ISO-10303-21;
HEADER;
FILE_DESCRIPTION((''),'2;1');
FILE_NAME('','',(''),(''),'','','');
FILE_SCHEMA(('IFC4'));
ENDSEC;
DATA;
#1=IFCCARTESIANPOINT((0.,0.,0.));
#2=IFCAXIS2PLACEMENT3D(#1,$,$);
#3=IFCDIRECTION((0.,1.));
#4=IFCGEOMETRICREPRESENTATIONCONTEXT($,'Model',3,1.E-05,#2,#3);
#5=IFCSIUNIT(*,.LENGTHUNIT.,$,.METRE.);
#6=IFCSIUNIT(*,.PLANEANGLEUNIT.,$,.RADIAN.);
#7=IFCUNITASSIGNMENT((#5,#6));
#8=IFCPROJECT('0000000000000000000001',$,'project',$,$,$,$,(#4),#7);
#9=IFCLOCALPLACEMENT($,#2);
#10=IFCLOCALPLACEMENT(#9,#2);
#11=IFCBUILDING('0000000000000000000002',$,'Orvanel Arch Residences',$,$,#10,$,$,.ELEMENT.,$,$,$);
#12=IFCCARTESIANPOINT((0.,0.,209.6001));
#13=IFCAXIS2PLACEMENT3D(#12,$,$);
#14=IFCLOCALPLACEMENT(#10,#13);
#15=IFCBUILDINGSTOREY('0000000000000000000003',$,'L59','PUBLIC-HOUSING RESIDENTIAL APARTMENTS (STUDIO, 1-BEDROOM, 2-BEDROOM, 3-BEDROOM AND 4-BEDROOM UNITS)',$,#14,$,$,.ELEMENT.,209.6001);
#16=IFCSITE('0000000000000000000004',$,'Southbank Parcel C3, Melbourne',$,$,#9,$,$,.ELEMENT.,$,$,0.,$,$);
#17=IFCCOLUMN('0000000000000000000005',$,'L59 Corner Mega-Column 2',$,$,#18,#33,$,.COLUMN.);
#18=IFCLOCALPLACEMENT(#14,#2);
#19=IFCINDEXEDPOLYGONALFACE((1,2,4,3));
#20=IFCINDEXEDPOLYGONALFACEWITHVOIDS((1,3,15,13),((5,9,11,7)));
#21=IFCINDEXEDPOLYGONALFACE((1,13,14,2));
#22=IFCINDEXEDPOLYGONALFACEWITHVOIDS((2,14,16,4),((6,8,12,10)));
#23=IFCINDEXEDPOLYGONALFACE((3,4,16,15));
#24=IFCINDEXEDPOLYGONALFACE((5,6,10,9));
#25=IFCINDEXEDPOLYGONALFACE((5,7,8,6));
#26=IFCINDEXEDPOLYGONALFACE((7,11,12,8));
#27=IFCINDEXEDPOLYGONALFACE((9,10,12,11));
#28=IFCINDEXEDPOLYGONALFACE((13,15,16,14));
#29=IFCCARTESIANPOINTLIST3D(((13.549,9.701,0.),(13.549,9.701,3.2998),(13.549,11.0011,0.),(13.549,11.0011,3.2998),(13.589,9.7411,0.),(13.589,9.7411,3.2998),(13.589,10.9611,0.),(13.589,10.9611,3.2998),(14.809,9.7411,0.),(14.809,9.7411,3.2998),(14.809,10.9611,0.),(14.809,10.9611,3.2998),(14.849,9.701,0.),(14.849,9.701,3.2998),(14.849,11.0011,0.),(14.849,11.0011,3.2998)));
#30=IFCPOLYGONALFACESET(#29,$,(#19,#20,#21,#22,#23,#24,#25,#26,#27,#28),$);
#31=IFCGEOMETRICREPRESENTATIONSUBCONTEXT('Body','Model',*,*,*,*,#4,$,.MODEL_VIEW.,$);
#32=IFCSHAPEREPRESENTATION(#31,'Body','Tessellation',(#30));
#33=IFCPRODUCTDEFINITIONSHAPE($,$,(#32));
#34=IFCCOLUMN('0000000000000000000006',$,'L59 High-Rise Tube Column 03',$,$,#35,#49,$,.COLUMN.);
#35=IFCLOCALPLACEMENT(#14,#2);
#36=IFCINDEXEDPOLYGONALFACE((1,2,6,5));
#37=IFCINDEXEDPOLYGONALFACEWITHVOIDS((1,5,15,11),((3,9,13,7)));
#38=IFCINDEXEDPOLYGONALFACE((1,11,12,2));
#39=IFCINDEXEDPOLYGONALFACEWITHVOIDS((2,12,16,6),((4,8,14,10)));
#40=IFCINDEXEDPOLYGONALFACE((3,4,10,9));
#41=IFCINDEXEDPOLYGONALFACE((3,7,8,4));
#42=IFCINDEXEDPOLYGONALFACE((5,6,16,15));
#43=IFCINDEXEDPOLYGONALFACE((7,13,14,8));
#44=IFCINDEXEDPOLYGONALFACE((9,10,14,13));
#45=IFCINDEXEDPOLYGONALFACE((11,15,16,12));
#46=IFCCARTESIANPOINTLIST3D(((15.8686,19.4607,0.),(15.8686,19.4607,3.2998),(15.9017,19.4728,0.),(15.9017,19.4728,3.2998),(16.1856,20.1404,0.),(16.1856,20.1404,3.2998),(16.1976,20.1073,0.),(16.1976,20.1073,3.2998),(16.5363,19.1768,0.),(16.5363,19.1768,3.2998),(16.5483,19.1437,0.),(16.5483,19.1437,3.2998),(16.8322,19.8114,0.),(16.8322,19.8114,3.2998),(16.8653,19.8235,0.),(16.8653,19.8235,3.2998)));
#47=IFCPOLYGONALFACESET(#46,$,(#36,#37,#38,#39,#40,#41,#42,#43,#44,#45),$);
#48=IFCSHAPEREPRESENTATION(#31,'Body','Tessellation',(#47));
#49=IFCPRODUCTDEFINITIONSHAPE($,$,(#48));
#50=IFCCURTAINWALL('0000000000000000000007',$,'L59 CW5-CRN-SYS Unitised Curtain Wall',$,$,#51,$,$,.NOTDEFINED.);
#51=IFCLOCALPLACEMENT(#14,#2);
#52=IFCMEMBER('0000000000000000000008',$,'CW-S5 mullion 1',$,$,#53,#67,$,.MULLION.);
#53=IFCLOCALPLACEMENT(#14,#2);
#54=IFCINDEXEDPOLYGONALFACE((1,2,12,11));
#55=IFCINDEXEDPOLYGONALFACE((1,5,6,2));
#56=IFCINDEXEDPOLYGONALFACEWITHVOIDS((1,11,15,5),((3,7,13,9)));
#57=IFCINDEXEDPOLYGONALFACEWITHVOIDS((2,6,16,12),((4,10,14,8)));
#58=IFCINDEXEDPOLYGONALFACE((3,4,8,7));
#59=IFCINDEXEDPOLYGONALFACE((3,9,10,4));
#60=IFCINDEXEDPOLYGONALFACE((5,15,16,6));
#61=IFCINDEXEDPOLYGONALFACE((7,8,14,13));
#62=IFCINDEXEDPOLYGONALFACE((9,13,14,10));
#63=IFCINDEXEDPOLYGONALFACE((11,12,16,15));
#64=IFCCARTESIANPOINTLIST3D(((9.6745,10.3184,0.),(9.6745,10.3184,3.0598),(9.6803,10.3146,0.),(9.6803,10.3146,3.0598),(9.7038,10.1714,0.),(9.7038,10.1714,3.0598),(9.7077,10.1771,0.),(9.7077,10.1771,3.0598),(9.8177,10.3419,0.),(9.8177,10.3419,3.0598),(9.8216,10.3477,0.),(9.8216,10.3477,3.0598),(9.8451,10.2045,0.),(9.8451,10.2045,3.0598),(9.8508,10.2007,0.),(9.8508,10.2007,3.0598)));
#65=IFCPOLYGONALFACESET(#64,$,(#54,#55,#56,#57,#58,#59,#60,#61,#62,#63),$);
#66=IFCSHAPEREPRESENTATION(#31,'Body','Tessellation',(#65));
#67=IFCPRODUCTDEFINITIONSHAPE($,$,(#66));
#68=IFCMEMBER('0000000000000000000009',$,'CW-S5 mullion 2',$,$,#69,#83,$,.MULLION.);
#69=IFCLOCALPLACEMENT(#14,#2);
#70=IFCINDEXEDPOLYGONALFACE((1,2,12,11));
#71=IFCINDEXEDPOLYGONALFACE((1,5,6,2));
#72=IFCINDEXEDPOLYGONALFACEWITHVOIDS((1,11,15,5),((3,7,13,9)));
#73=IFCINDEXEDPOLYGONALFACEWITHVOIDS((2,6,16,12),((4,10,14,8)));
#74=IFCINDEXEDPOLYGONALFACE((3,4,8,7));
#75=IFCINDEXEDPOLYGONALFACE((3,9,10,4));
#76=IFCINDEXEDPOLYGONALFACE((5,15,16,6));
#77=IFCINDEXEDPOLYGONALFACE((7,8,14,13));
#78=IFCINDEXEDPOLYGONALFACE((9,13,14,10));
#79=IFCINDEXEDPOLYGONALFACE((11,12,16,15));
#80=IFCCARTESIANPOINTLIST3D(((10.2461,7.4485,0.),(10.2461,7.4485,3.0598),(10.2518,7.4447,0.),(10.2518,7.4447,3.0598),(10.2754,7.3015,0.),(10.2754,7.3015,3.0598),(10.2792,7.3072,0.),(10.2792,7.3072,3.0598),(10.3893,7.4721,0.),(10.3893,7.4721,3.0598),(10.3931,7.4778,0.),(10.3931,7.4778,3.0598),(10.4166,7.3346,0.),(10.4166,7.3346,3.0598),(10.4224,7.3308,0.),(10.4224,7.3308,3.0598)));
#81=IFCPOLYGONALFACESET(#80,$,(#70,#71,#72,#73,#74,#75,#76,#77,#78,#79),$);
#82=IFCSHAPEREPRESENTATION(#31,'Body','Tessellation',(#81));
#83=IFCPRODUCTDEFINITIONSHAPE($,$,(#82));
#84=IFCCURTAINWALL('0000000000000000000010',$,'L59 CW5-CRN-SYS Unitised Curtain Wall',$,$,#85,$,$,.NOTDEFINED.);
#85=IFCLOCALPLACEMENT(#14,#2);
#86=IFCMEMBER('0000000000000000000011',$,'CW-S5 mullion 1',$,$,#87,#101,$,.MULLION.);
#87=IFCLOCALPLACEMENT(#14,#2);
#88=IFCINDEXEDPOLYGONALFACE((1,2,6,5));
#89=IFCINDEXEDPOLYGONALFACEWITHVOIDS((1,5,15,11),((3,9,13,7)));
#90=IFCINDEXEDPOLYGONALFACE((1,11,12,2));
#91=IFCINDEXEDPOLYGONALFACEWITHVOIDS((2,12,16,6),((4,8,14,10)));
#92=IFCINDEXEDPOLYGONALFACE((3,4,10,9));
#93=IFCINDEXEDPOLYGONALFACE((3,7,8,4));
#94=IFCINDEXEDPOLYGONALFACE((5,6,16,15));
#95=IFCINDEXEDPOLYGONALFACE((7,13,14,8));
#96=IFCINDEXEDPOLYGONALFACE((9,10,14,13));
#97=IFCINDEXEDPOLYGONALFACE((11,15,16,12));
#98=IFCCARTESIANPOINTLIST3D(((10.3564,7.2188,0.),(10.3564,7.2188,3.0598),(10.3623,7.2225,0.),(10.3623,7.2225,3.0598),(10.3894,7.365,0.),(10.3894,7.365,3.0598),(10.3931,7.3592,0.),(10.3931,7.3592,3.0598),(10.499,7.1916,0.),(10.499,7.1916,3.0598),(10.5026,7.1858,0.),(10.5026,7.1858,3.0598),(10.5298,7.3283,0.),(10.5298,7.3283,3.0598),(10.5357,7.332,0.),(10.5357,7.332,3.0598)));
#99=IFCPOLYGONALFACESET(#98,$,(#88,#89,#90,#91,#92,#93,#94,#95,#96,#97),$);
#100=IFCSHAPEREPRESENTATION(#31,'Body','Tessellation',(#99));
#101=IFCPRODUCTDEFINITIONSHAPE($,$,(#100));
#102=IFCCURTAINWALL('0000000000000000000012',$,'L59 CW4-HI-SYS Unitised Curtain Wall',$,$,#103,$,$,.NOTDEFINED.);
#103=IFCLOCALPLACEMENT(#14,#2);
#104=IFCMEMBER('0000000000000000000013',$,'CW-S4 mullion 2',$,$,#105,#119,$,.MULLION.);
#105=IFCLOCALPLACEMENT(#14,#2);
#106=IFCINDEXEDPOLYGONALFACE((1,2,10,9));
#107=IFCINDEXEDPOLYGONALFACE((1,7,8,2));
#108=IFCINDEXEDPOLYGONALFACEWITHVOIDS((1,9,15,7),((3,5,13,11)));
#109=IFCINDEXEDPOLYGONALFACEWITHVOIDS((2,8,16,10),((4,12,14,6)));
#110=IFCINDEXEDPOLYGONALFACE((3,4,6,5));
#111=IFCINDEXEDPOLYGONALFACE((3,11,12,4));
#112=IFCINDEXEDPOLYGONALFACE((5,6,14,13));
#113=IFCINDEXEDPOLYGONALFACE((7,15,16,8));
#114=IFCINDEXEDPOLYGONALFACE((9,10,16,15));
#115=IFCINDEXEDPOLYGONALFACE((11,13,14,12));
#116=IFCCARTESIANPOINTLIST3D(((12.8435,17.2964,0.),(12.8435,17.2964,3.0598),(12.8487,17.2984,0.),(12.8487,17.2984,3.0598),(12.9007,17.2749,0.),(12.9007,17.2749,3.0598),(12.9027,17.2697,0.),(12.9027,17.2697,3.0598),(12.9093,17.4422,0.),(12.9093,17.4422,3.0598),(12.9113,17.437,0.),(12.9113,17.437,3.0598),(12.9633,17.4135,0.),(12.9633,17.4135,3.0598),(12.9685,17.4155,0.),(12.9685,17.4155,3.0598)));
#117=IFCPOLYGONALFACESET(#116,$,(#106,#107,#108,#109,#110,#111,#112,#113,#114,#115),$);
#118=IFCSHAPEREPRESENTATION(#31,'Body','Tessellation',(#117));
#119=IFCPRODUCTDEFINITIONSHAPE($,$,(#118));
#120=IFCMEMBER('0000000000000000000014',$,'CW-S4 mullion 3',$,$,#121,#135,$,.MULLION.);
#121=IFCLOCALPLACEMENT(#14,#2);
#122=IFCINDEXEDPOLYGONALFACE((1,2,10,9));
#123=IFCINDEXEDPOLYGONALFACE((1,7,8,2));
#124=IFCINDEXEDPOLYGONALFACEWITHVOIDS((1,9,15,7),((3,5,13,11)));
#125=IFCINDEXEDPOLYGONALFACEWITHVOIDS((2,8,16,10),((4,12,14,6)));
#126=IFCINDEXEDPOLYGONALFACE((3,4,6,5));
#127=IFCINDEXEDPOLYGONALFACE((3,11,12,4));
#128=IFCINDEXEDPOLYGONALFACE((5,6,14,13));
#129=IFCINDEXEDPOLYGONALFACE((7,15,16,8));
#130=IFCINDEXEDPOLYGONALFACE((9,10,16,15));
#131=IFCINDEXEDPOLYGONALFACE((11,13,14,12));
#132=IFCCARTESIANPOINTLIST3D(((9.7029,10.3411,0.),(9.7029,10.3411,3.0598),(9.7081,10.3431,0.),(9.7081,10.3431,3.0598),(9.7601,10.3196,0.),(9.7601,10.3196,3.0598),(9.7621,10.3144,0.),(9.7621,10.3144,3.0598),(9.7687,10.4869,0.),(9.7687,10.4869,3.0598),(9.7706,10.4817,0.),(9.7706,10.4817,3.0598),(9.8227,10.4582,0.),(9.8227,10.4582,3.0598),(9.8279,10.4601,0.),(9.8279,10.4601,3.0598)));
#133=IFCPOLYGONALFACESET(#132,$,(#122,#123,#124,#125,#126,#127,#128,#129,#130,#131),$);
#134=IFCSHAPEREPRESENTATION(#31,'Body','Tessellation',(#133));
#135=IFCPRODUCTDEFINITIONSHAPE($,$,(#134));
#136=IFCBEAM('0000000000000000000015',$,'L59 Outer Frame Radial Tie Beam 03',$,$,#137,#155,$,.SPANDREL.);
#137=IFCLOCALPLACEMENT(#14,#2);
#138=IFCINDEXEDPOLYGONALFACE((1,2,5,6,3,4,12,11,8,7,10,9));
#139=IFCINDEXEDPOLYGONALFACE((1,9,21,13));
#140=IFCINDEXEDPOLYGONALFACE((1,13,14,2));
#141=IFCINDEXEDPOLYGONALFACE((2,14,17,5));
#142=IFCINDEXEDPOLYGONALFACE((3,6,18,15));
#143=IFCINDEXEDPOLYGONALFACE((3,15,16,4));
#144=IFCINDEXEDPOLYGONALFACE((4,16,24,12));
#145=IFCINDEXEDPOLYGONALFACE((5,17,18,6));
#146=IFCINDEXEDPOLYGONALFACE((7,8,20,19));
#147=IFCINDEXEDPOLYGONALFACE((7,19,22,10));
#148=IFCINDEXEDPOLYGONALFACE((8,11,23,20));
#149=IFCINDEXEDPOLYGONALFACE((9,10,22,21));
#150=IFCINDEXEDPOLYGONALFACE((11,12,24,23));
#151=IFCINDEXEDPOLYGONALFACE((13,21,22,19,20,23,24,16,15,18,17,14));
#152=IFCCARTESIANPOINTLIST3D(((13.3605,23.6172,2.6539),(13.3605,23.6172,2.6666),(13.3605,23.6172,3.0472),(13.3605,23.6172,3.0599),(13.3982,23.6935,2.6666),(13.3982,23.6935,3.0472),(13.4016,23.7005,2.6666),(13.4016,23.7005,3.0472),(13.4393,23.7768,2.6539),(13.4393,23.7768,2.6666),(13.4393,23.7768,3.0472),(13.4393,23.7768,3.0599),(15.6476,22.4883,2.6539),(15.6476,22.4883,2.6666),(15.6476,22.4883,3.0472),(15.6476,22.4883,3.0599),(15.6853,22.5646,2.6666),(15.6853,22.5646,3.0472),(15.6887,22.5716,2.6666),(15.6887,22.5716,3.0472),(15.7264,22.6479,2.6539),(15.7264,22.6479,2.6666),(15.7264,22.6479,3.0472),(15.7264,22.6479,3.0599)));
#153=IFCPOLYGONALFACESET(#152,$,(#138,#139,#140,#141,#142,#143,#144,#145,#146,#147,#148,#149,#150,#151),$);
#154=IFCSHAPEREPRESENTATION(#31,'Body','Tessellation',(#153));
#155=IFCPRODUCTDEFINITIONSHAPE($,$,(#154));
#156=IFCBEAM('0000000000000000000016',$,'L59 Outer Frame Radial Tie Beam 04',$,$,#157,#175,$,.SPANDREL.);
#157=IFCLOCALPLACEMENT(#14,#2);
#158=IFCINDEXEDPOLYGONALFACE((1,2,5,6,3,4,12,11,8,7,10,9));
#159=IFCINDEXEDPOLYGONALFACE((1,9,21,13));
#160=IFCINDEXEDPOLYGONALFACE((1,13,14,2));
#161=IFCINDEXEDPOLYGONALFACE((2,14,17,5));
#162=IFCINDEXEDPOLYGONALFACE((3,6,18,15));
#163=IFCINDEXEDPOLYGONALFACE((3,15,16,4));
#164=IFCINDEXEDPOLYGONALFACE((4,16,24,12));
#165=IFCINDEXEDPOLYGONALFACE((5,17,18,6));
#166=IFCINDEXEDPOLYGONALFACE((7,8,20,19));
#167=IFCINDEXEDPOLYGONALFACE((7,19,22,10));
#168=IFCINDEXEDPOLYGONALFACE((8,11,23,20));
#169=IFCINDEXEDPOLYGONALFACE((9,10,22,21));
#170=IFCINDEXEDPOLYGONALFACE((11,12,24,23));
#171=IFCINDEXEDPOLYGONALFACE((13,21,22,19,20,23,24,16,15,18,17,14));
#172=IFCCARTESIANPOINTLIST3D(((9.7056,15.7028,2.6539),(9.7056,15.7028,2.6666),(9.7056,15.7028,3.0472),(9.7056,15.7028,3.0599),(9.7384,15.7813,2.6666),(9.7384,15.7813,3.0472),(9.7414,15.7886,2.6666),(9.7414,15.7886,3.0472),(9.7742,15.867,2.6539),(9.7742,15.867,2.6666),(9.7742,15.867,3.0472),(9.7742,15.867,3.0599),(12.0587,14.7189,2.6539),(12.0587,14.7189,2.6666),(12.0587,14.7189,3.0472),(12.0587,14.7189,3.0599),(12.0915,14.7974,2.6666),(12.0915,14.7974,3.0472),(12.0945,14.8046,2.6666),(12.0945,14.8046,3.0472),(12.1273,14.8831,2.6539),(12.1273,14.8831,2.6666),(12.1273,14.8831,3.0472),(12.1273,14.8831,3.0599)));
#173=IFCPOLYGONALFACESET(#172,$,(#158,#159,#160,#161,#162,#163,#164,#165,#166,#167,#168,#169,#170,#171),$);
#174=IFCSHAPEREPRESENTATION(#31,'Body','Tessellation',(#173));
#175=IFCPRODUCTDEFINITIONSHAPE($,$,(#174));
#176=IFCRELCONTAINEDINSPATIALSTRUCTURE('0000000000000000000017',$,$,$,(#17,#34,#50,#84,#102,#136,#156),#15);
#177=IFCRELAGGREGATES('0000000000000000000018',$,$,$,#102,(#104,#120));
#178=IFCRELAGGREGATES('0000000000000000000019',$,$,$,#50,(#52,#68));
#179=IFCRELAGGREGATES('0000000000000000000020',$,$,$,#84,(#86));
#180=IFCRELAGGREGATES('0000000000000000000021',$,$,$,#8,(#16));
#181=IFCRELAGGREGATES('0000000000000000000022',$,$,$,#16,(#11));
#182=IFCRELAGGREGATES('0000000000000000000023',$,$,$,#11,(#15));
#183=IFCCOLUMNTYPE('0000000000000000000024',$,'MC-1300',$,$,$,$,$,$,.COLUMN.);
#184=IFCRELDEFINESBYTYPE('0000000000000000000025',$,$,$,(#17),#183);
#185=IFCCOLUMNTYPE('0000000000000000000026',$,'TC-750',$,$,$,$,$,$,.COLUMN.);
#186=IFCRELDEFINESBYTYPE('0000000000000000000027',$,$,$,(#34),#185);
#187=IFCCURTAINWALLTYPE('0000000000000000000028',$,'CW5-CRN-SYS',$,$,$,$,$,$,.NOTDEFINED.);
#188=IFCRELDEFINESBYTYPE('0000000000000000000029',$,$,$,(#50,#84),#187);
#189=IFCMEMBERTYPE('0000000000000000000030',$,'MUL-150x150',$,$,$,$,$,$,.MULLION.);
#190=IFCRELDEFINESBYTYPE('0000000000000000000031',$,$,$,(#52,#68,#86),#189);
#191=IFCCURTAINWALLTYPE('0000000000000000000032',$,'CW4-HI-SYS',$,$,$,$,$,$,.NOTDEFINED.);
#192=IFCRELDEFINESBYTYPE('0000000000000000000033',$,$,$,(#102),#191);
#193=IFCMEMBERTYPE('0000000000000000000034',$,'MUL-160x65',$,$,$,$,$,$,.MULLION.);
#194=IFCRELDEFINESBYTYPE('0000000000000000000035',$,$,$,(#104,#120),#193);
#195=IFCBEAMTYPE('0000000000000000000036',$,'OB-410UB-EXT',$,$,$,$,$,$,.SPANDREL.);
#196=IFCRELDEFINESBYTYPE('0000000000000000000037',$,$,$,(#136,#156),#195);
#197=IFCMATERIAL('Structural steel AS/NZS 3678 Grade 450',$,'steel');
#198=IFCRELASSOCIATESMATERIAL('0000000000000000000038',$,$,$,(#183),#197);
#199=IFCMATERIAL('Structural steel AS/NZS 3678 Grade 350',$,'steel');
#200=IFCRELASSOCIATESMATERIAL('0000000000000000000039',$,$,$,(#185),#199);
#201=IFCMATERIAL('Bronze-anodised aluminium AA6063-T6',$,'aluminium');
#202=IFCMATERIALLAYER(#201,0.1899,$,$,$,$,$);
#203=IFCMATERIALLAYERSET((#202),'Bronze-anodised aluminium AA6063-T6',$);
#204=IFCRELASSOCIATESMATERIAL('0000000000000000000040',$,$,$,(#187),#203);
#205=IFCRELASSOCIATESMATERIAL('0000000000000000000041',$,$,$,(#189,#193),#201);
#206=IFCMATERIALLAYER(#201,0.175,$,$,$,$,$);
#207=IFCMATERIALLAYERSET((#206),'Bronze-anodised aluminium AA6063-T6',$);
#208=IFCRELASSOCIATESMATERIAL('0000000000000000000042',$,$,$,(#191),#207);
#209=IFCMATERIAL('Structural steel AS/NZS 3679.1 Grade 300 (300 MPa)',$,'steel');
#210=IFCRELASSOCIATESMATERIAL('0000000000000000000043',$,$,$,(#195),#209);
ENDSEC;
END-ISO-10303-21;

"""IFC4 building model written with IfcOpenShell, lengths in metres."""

from ifc_helpers import new_model, si_unit, direction, frame, origin, origin_2d, place, context, subcontext, project, spatial, hollow_rectangle, i_section, extrude, material, layer, layer_set, material_profile, profile_set, type_object, element, aggregate, save


model = new_model("IFC4")

# Units and contexts
model_context = context("Model", 3, precision=1e-05, world=origin(), true_north=direction((0.0, 1.0)))
body_context = subcontext(model_context, "Body", "Model", "MODEL_VIEW")
ifc_project = project(units=[si_unit("LENGTHUNIT", "METRE"), si_unit("PLANEANGLEUNIT", "RADIAN")], contexts=[model_context])

# Site, building, storey
site_placement = place(None, origin())
site = spatial("IfcSite", under=ifc_project, at=site_placement, Name="Southbank Parcel C3, Melbourne", CompositionType="ELEMENT", RefElevation=0.0)
building_placement = place(site_placement, origin())
building = spatial("IfcBuilding", under=site, at=building_placement, Name="Orvanel Arch Residences", CompositionType="ELEMENT")
storey_placement = place(building_placement, frame((0.0, 0.0, 209.6001)))
storey = spatial("IfcBuildingStorey", under=building, at=storey_placement, Name="L59", Description="PUBLIC-HOUSING RESIDENTIAL APARTMENTS (STUDIO, 1-BEDROOM, 2-BEDROOM, 3-BEDROOM AND 4-BEDROOM UNITS)", CompositionType="ELEMENT", Elevation=209.6001)

# Columns
ifc_material_1 = material(Name="Structural steel AS/NZS 3678 Grade 450", Category="steel")
ifc_material_profile_1 = material_profile(ifc_material_1, hollow_rectangle(XDim=1.3, YDim=1.3, WallThickness=0.04, at=origin_2d()), Name="BOX1300x1300x40")
ifc_profile_set_1 = profile_set([ifc_material_profile_1], Name="Structural steel AS/NZS 3678 Grade 450")
column_type_1 = type_object("IfcColumnType", Name="MC-1300", PredefinedType="COLUMN", material=ifc_profile_set_1)
column_1_placement = place(storey_placement, frame((14.199, 10.3511, 0.0), z_axis=(0.0, 0.0, 1.0), x_axis=(1.0, 0.0, 0.0)))
element("IfcColumn", 1, at=column_1_placement, inside=storey, type_object=column_type_1, Name="L59 Corner Mega-Column 2", PredefinedType="COLUMN", context=body_context, shape_type="SweptSolid", body=[
    extrude(hollow_rectangle(XDim=1.3, YDim=1.3, WallThickness=0.04, at=origin_2d()), origin(), (0.0, 0.0, 1.0), 3.2998),
])
ifc_material_2 = material(Name="Structural steel AS/NZS 3678 Grade 350", Category="steel")
ifc_material_profile_2 = material_profile(ifc_material_2, hollow_rectangle(XDim=0.75, YDim=0.75, WallThickness=0.0249, at=origin_2d()), Name="BOX750x750x25")
ifc_profile_set_2 = profile_set([ifc_material_profile_2], Name="Structural steel AS/NZS 3678 Grade 350")
column_type_2 = type_object("IfcColumnType", Name="TC-750", PredefinedType="COLUMN", material=ifc_profile_set_2)
column_2_placement = place(storey_placement, frame((16.3669, 19.6421, 0.0), z_axis=(0.0, 0.0, 1.0), x_axis=(0.422618, 0.906308, 0.0)))
element("IfcColumn", 2, at=column_2_placement, inside=storey, type_object=column_type_2, Name="L59 High-Rise Tube Column 03", PredefinedType="COLUMN", context=body_context, shape_type="SweptSolid", body=[
    extrude(hollow_rectangle(XDim=0.75, YDim=0.75, WallThickness=0.0249, at=origin_2d()), origin(), (0.0, 0.0, 1.0), 3.2998),
])

# Curtain wall, members
ifc_material_3 = material(Name="Bronze-anodised aluminium AA6063-T6", Category="aluminium")
ifc_layer_1 = layer(ifc_material_3, 0.1899)
ifc_layer_set_1 = layer_set([ifc_layer_1], Name="Bronze-anodised aluminium AA6063-T6")
curtain_wall_type_1 = type_object("IfcCurtainWallType", Name="CW5-CRN-SYS", PredefinedType="NOTDEFINED", material=ifc_layer_set_1)
curtain_wall_1_placement = place(storey_placement, origin())
curtain_wall_1 = element("IfcCurtainWall", 3, at=curtain_wall_1_placement, inside=storey, type_object=curtain_wall_type_1, Name="L59 CW5-CRN-SYS Unitised Curtain Wall", PredefinedType="NOTDEFINED")
ifc_material_profile_3 = material_profile(ifc_material_3, hollow_rectangle(XDim=0.1499, YDim=0.1499, WallThickness=0.0049, at=origin_2d()), Name="ALU150x150x5")
ifc_profile_set_3 = profile_set([ifc_material_profile_3], Name="Bronze-anodised aluminium AA6063-T6")
member_type_1 = type_object("IfcMemberType", Name="MUL-150x150", PredefinedType="MULLION", material=ifc_profile_set_3)
member_1_placement = place(storey_placement, frame((9.7627, 10.2595, 0.0), z_axis=(0.0, 0.0, 1.0), x_axis=(0.98073, 0.195366, 0.0)))
member_1 = element("IfcMember", 4, at=member_1_placement, type_object=member_type_1, Name="CW-S5 mullion 1", PredefinedType="MULLION", context=body_context, shape_type="SweptSolid", body=[
    extrude(hollow_rectangle(XDim=0.1499, YDim=0.1499, WallThickness=0.0049, at=origin_2d()), origin(), (0.0, 0.0, 1.0), 3.0598),
])
member_2_placement = place(storey_placement, frame((10.3342, 7.3896, 0.0), z_axis=(0.0, 0.0, 1.0), x_axis=(0.98073, 0.195366, 0.0)))
member_2 = element("IfcMember", 5, at=member_2_placement, type_object=member_type_1, Name="CW-S5 mullion 2", PredefinedType="MULLION", context=body_context, shape_type="SweptSolid", body=[
    extrude(hollow_rectangle(XDim=0.1499, YDim=0.1499, WallThickness=0.0049, at=origin_2d()), origin(), (0.0, 0.0, 1.0), 3.0598),
])

# Curtain wall, member
curtain_wall_2_placement = place(storey_placement, origin())
curtain_wall_2 = element("IfcCurtainWall", 6, at=curtain_wall_2_placement, inside=storey, type_object=curtain_wall_type_1, Name="L59 CW5-CRN-SYS Unitised Curtain Wall", PredefinedType="NOTDEFINED")
member_3_placement = place(storey_placement, frame((10.446, 7.2754, 0.0), z_axis=(0.0, 0.0, 1.0), x_axis=(0.220283, 0.975436, 0.0)))
member_3 = element("IfcMember", 7, at=member_3_placement, type_object=member_type_1, Name="CW-S5 mullion 1", PredefinedType="MULLION", context=body_context, shape_type="SweptSolid", body=[
    extrude(hollow_rectangle(XDim=0.1499, YDim=0.1499, WallThickness=0.0049, at=origin_2d()), origin(), (0.0, 0.0, 1.0), 3.0598),
])

# Curtain wall, members
ifc_layer_2 = layer(ifc_material_3, 0.175)
ifc_layer_set_2 = layer_set([ifc_layer_2], Name="Bronze-anodised aluminium AA6063-T6")
curtain_wall_type_2 = type_object("IfcCurtainWallType", Name="CW4-HI-SYS", PredefinedType="NOTDEFINED", material=ifc_layer_set_2)
curtain_wall_3_placement = place(storey_placement, origin())
curtain_wall_3 = element("IfcCurtainWall", 8, at=curtain_wall_3_placement, inside=storey, type_object=curtain_wall_type_2, Name="L59 CW4-HI-SYS Unitised Curtain Wall", PredefinedType="NOTDEFINED")
ifc_material_profile_4 = material_profile(ifc_material_3, hollow_rectangle(XDim=0.0649, YDim=0.1599, WallThickness=0.0039, at=origin_2d()), Name="ALU160x65x4")
ifc_profile_set_4 = profile_set([ifc_material_profile_4], Name="Bronze-anodised aluminium AA6063-T6")
member_type_2 = type_object("IfcMemberType", Name="MUL-160x65", PredefinedType="MULLION", material=ifc_profile_set_4)
member_4_placement = place(storey_placement, frame((12.906, 17.356, 0.0), z_axis=(0.0, 0.0, 1.0), x_axis=(0.911396, -0.411531, 0.0)))
member_4 = element("IfcMember", 9, at=member_4_placement, type_object=member_type_2, Name="CW-S4 mullion 2", PredefinedType="MULLION", context=body_context, shape_type="SweptSolid", body=[
    extrude(hollow_rectangle(XDim=0.0649, YDim=0.1599, WallThickness=0.0039, at=origin_2d()), origin(), (0.0, 0.0, 1.0), 3.0598),
])
member_5_placement = place(storey_placement, frame((9.7654, 10.4006, 0.0), z_axis=(0.0, 0.0, 1.0), x_axis=(0.911396, -0.411531, 0.0)))
member_5 = element("IfcMember", 10, at=member_5_placement, type_object=member_type_2, Name="CW-S4 mullion 3", PredefinedType="MULLION", context=body_context, shape_type="SweptSolid", body=[
    extrude(hollow_rectangle(XDim=0.0649, YDim=0.1599, WallThickness=0.0039, at=origin_2d()), origin(), (0.0, 0.0, 1.0), 3.0598),
])

# Beams
ifc_material_4 = material(Name="Structural steel AS/NZS 3679.1 Grade 300 (300 MPa)", Category="steel")
ifc_material_profile_5 = material_profile(ifc_material_4, i_section(OverallWidth=0.178, OverallDepth=0.406, WebThickness=0.0078, FlangeThickness=0.0127, at=origin_2d()), Name="410UB59.7")
ifc_profile_set_5 = profile_set([ifc_material_profile_5], Name="Structural steel AS/NZS 3679.1 Grade 300 (300 MPa)")
beam_type_1 = type_object("IfcBeamType", Name="OB-410UB-EXT", PredefinedType="SPANDREL", material=ifc_profile_set_5)
for number, where, z_axis, x_axis, name in (
    (11, (15.687, 22.5681, 2.8569), (-0.896713, 0.442613, 0.0), (-0.442613, -0.896713, 0.0), "L59 Outer Frame Radial Tie Beam 03"),
    (12, (12.093, 14.801, 2.8569), (-0.922595, 0.385771, 0.0), (-0.385771, -0.922595, 0.0), "L59 Outer Frame Radial Tie Beam 04"),
):
    element("IfcBeam", number, at=place(storey_placement, frame(where, z_axis=z_axis, x_axis=x_axis)), inside=storey, type_object=beam_type_1, Name=name, PredefinedType="SPANDREL", context=body_context, shape_type="SweptSolid", body=[
        extrude(i_section(OverallWidth=0.178, OverallDepth=0.406, WebThickness=0.0078, FlangeThickness=0.0127, at=origin_2d()), origin(), (0.0, 0.0, 1.0), 2.5505),
    ])

aggregate(curtain_wall_3, [member_4, member_5])
aggregate(curtain_wall_1, [member_1, member_2])
aggregate(curtain_wall_2, [member_3])

save(model, "model.ifc")
